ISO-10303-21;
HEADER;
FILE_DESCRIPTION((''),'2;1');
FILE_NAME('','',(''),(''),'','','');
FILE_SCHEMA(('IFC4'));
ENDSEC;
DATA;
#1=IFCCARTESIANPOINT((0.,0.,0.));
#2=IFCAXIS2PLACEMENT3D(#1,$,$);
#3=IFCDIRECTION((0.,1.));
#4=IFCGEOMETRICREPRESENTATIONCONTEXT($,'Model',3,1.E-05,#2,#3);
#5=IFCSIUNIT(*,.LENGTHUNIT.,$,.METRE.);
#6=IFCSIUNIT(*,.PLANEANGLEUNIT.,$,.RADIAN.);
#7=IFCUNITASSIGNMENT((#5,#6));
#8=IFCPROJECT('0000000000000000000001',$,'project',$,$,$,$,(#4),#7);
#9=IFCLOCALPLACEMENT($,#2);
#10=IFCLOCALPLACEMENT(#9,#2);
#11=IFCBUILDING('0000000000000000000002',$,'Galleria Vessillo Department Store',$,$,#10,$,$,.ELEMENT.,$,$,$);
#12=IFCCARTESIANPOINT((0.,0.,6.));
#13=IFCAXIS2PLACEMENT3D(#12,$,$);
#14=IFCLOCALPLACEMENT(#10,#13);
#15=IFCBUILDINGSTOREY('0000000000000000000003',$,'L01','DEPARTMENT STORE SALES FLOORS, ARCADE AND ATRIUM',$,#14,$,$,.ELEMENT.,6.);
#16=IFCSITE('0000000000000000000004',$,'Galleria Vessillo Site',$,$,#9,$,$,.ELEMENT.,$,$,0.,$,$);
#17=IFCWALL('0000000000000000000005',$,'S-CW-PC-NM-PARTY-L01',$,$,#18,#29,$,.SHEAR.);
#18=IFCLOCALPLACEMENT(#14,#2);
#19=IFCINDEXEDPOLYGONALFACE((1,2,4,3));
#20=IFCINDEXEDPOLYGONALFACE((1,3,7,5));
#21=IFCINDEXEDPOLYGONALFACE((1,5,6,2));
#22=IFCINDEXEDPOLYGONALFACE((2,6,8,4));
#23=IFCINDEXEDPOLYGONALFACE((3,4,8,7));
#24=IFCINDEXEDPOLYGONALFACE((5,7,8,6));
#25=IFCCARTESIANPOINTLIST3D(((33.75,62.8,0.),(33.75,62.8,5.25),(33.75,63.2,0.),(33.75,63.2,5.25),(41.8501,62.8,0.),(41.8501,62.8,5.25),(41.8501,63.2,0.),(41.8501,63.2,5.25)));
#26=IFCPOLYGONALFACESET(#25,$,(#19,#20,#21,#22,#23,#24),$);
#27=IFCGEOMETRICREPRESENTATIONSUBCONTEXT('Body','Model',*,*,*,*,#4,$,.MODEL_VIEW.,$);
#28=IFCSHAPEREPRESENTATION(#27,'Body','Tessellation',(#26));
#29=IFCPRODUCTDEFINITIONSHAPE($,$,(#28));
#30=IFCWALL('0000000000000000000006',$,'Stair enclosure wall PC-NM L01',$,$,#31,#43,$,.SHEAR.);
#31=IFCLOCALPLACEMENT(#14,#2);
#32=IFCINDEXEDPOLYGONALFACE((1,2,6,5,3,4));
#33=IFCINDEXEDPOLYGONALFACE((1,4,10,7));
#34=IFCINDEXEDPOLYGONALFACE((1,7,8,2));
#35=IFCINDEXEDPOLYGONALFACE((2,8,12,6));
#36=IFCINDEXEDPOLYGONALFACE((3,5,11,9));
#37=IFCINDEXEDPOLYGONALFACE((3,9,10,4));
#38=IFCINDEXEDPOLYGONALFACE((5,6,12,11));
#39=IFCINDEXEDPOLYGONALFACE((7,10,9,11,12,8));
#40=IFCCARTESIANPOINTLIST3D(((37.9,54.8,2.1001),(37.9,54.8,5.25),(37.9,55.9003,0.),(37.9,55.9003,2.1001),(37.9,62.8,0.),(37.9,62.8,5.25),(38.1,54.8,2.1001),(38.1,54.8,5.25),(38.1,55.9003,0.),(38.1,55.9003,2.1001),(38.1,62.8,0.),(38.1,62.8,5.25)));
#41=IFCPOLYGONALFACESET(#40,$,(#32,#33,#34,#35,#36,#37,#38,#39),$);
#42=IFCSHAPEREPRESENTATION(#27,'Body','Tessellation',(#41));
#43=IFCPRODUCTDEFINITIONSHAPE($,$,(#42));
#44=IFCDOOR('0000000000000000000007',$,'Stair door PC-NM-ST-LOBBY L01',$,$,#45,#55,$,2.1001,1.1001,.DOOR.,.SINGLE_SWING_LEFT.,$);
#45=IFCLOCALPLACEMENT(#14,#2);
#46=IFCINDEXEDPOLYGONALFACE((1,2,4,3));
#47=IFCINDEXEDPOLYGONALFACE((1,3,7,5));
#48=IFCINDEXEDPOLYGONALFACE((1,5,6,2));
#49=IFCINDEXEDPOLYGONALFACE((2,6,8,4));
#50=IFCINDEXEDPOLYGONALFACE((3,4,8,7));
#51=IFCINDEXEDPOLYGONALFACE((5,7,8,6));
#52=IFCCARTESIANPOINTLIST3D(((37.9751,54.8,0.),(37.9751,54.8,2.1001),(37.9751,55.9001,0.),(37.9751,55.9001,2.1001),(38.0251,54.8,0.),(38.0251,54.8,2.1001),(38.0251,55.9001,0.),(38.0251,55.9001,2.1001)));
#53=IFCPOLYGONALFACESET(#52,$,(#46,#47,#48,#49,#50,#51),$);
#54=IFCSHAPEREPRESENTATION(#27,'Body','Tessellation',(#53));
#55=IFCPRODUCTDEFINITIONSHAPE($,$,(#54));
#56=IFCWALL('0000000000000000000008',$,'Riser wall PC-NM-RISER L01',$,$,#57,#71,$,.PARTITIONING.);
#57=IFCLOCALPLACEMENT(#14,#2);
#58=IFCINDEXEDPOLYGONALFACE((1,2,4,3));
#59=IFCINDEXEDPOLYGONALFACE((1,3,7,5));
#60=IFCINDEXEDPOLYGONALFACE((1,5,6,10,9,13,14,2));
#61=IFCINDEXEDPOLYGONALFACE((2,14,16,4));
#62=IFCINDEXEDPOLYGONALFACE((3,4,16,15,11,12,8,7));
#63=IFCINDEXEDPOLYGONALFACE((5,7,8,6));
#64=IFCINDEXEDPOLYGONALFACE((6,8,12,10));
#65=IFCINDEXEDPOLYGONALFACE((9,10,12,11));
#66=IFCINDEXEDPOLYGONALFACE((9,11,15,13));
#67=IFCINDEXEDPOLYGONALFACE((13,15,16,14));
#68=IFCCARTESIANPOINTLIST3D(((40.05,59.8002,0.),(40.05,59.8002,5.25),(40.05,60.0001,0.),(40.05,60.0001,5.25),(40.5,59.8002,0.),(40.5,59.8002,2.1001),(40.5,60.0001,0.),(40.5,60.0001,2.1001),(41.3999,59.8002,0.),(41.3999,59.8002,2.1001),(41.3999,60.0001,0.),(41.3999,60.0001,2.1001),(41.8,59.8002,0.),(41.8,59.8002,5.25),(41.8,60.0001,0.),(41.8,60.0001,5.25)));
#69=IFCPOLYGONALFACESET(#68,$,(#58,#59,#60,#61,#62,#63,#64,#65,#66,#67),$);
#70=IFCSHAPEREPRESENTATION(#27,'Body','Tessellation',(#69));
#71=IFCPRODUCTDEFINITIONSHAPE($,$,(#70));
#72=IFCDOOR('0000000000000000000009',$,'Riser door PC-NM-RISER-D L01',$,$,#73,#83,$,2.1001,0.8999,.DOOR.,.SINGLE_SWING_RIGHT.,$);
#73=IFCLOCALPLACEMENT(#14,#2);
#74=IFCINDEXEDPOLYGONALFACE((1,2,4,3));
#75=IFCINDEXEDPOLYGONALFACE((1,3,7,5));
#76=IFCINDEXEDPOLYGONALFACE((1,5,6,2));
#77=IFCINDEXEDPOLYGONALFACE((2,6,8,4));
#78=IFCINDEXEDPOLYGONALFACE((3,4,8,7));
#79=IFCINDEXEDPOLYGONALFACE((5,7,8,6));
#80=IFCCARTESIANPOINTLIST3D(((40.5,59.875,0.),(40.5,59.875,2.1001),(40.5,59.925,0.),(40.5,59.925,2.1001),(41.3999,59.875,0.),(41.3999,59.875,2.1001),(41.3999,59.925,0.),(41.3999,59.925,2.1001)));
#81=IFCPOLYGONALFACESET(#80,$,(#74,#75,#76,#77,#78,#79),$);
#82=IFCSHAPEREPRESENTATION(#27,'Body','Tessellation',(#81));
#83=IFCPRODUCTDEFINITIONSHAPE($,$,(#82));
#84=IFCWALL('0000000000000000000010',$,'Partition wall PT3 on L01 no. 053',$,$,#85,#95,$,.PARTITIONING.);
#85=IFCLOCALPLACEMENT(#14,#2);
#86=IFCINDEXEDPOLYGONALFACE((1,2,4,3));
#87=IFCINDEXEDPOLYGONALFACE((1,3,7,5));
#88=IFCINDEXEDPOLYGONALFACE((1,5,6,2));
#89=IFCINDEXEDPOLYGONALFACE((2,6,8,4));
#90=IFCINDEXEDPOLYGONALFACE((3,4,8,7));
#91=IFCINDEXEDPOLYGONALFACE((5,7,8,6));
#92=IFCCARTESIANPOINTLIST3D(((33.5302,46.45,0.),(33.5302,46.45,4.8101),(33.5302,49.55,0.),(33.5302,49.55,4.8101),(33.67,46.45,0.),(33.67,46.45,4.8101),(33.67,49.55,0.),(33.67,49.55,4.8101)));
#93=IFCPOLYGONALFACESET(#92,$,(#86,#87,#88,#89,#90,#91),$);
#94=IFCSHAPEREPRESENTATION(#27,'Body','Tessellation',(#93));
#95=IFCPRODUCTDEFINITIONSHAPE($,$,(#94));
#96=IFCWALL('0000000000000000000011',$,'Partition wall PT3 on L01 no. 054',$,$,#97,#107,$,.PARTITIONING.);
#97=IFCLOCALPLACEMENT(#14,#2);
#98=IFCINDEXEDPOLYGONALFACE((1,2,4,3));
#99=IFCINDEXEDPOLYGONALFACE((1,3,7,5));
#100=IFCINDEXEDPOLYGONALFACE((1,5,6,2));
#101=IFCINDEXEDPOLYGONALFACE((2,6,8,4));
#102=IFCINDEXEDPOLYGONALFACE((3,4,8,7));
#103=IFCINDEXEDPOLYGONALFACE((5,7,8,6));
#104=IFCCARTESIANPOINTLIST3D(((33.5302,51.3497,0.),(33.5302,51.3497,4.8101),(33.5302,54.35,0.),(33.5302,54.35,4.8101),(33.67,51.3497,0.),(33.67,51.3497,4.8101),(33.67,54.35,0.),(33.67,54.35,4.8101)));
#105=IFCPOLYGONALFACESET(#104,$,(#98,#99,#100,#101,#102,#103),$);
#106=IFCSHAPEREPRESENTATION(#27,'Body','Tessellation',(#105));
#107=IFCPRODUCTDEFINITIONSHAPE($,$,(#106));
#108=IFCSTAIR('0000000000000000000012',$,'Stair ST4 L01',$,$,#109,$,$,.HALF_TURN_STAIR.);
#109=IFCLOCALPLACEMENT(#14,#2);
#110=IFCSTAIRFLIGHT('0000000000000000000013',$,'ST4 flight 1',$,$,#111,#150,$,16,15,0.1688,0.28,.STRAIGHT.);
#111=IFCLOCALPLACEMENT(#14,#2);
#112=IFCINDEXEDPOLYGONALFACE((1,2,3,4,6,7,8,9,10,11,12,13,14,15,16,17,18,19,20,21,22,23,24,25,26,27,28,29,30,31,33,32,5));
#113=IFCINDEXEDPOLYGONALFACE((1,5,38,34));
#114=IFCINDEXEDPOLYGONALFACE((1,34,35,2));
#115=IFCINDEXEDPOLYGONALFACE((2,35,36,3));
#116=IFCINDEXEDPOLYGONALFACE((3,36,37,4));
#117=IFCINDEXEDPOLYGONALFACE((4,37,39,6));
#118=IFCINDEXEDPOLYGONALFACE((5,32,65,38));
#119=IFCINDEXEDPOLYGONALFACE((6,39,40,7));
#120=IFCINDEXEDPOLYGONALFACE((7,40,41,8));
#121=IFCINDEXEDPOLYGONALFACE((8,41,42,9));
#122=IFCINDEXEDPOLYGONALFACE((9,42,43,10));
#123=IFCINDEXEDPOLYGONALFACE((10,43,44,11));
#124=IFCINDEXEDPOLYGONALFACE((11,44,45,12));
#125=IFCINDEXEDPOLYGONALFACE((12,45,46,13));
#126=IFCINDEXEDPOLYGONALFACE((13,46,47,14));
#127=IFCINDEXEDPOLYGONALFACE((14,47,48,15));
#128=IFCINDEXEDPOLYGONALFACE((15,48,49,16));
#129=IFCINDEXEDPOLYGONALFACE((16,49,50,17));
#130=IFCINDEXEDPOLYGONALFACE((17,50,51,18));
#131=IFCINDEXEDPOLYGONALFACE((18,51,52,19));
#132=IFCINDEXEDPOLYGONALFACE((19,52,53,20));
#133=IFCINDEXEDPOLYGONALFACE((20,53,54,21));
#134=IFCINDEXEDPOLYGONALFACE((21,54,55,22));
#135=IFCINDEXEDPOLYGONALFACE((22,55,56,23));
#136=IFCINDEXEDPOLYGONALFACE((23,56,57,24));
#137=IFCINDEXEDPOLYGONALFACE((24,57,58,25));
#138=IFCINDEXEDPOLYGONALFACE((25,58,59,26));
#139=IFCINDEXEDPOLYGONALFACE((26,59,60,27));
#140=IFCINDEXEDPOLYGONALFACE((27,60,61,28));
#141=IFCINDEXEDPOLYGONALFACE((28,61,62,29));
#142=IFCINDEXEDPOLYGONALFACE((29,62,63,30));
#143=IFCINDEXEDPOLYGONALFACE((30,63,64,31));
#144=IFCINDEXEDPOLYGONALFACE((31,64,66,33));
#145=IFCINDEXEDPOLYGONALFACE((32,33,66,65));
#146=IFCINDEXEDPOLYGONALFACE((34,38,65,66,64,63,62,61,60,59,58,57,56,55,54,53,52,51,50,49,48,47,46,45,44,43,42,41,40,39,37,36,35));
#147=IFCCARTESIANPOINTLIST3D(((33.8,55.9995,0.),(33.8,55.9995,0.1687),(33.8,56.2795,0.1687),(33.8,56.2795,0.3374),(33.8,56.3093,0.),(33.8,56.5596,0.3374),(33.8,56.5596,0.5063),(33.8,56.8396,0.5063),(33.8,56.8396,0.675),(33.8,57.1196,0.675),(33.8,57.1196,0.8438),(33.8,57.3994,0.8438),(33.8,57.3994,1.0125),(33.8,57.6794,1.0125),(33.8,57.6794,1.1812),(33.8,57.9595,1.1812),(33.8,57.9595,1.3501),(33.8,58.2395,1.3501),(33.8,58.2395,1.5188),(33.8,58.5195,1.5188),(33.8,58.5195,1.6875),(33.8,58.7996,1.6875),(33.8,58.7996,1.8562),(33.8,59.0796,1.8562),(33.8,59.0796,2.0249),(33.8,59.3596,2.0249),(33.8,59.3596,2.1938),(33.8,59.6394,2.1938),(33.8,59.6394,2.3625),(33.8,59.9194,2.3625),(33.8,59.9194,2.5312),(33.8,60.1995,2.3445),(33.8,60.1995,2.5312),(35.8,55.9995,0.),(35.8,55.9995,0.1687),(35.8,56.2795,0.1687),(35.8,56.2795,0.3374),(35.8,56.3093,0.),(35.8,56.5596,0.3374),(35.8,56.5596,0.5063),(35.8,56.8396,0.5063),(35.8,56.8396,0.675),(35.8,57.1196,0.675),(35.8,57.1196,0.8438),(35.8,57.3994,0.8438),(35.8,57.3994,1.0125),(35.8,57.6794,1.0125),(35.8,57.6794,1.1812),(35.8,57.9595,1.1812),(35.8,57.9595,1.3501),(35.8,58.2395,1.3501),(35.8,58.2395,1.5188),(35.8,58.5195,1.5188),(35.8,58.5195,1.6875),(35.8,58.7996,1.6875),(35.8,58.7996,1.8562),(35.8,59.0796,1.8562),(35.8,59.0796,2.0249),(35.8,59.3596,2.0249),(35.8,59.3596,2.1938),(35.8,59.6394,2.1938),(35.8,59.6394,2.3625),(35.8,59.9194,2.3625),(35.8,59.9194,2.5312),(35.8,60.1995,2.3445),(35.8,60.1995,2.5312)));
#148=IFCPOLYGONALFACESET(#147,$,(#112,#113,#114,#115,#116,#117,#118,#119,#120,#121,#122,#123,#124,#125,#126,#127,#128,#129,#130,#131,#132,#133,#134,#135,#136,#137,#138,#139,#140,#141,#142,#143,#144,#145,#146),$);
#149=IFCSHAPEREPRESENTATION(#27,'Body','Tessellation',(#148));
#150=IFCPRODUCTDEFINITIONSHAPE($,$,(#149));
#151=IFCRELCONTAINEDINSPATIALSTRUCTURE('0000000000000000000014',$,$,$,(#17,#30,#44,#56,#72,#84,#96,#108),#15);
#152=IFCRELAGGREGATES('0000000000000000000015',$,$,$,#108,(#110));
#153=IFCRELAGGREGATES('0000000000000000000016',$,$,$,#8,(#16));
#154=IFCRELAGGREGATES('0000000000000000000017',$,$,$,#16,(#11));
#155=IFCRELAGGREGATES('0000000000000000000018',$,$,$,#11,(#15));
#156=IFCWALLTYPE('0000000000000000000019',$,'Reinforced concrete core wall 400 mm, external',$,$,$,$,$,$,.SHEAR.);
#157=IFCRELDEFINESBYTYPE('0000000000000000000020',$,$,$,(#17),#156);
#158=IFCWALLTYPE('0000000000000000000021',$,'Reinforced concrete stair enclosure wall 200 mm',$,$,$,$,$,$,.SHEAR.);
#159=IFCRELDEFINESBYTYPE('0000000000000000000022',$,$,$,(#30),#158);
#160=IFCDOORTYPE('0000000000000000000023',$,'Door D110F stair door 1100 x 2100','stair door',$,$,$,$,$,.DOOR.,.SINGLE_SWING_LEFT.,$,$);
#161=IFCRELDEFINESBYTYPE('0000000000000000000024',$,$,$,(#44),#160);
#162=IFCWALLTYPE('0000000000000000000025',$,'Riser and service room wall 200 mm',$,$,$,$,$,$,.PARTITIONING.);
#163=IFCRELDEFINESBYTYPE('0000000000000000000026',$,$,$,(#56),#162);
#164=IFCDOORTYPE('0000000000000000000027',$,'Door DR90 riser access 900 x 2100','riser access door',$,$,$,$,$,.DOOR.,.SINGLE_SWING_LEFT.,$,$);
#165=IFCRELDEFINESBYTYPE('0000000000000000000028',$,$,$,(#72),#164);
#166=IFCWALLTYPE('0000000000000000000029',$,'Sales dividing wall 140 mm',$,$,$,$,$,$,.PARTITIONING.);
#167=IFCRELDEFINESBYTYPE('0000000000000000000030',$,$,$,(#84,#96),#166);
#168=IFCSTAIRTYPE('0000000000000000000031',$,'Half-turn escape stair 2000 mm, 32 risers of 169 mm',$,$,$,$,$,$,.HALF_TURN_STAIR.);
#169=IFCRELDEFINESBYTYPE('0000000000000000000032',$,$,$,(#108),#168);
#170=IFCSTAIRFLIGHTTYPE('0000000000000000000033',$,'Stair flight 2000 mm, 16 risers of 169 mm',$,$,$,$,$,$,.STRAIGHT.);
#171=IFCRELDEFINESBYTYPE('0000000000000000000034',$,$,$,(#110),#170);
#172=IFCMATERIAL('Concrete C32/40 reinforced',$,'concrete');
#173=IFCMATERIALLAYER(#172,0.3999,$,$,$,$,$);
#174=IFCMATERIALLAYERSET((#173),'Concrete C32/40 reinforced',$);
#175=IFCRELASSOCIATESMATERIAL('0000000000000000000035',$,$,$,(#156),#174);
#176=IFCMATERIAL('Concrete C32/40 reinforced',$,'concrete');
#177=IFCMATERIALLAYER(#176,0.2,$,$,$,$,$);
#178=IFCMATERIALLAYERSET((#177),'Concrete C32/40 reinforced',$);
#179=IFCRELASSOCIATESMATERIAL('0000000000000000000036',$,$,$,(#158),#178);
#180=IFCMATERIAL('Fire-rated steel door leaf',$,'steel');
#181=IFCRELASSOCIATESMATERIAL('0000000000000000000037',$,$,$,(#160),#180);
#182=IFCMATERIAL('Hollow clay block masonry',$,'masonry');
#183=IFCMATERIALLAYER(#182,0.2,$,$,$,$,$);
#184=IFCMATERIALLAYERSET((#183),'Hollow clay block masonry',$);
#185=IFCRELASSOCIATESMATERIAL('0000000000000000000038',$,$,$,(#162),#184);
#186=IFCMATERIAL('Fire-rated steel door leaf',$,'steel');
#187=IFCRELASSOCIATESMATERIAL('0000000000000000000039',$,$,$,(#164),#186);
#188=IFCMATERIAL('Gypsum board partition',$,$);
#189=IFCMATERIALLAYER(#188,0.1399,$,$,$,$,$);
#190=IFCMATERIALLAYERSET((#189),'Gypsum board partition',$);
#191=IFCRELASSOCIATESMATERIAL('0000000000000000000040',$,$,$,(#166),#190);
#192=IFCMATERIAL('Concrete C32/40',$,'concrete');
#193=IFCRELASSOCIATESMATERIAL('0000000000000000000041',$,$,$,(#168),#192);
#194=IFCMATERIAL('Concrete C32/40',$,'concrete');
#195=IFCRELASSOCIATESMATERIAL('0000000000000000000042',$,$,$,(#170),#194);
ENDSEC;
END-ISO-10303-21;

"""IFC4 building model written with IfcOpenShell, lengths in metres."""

from ifc_helpers import new_model, si_unit, direction, frame, frame_2d, origin, place, context, subcontext, project, spatial, polyline, rectangle, outline, extrude, material, layer, layer_set, type_object, element, fill, aggregate, save


model = new_model("IFC4")

# Units and contexts
model_context = context("Model", 3, precision=1e-05, world=origin(), true_north=direction((0.0, 1.0)))
body_context = subcontext(model_context, "Body", "Model", "MODEL_VIEW")
ifc_project = project(units=[si_unit("LENGTHUNIT", "METRE"), si_unit("PLANEANGLEUNIT", "RADIAN")], contexts=[model_context])

# Site, building, storey
site_placement = place(None, origin())
site = spatial("IfcSite", under=ifc_project, at=site_placement, Name="Galleria Vessillo Site", CompositionType="ELEMENT", RefElevation=0.0)
building_placement = place(site_placement, origin())
building = spatial("IfcBuilding", under=site, at=building_placement, Name="Galleria Vessillo Department Store", CompositionType="ELEMENT")
storey_placement = place(building_placement, frame((0.0, 0.0, 6.0)))
storey = spatial("IfcBuildingStorey", under=building, at=storey_placement, Name="L01", Description="DEPARTMENT STORE SALES FLOORS, ARCADE AND ATRIUM", CompositionType="ELEMENT", Elevation=6.0)

# Wall
ifc_material_1 = material(Name="Concrete C32/40 reinforced", Category="concrete")
ifc_layer_1 = layer(ifc_material_1, 0.3999)
ifc_layer_set_1 = layer_set([ifc_layer_1], Name="Concrete C32/40 reinforced")
wall_type_1 = type_object("IfcWallType", Name="Reinforced concrete core wall 400 mm, external", PredefinedType="SHEAR", material=ifc_layer_set_1)
wall_1_placement = place(storey_placement, frame((33.75, 63.0, 0.0), z_axis=(0.0, 0.0, 1.0), x_axis=(1.0, 0.0, 0.0)))
element("IfcWall", 1, at=wall_1_placement, inside=storey, type_object=wall_type_1, Name="S-CW-PC-NM-PARTY-L01", PredefinedType="SHEAR", context=body_context, shape_type="SweptSolid", body=[
    extrude(rectangle(XDim=8.1001, YDim=0.3999, at=frame_2d((4.05, 0.0))), origin(), (0.0, 0.0, 1.0), 5.25),
])

# Walls, openings, doors
ifc_material_2 = material(Name="Concrete C32/40 reinforced", Category="concrete")
ifc_layer_2 = layer(ifc_material_2, 0.2)
ifc_layer_set_2 = layer_set([ifc_layer_2], Name="Concrete C32/40 reinforced")
wall_type_2 = type_object("IfcWallType", Name="Reinforced concrete stair enclosure wall 200 mm", PredefinedType="SHEAR", material=ifc_layer_set_2)
wall_2_placement = place(storey_placement, frame((38.0, 62.8, 0.0), z_axis=(0.0, 0.0, 1.0), x_axis=(0.0, -1.0, 0.0)))
wall_2 = element("IfcWall", 2, at=wall_2_placement, inside=storey, type_object=wall_type_2, Name="Stair enclosure wall PC-NM L01", PredefinedType="SHEAR", context=body_context, shape_type="SweptSolid", body=[
    extrude(rectangle(XDim=8.0, YDim=0.2, at=frame_2d((4.0, 0.0))), origin(), (0.0, 0.0, 1.0), 5.25),
])
opening_1_placement = place(wall_2_placement, frame((6.8999, 0.0, 0.0)))
opening_1 = element("IfcOpeningElement", 3, at=opening_1_placement, cuts=wall_2, PredefinedType="OPENING", context=body_context, shape_type="SweptSolid", body=[
    extrude(rectangle(XDim=1.1101, YDim=2.1001, at=frame_2d((0.5549, 1.05))), frame((0.0, 0.1099, 0.0), z_axis=(0.0, -1.0, 0.0), x_axis=(1.0, 0.0, 0.0)), (0.0, 0.0, 1.0), 0.22),
])
ifc_material_3 = material(Name="Fire-rated steel door leaf", Category="steel")
door_type_1 = type_object("IfcDoorType", Name="Door D110F stair door 1100 x 2100", Description="stair door", OperationType="SINGLE_SWING_LEFT", PredefinedType="DOOR", material=ifc_material_3)
door_1_placement = place(opening_1_placement, frame((1.1001, 0.0, 0.0), z_axis=(0.0, 0.0, 1.0), x_axis=(-1.0, 0.0, 0.0)))
door_1 = element("IfcDoor", 4, at=door_1_placement, inside=storey, type_object=door_type_1, Name="Stair door PC-NM-ST-LOBBY L01", OperationType="SINGLE_SWING_LEFT", OverallHeight=2.1001, OverallWidth=1.1001, PredefinedType="DOOR", context=body_context, shape_type="SweptSolid", body=[
    extrude(rectangle(XDim=1.1001, YDim=2.1001, at=frame_2d((0.55, 1.05))), frame((0.0, 0.0249, 0.0), z_axis=(0.0, -1.0, 0.0), x_axis=(1.0, 0.0, 0.0)), (0.0, 0.0, 1.0), 0.05),
])
fill(opening_1, door_1)
ifc_material_4 = material(Name="Hollow clay block masonry", Category="masonry")
ifc_layer_3 = layer(ifc_material_4, 0.2)
ifc_layer_set_3 = layer_set([ifc_layer_3], Name="Hollow clay block masonry")
wall_type_3 = type_object("IfcWallType", Name="Riser and service room wall 200 mm", PredefinedType="PARTITIONING", material=ifc_layer_set_3)
wall_3_placement = place(storey_placement, frame((40.05, 59.9001, 0.0), z_axis=(0.0, 0.0, 1.0), x_axis=(1.0, 0.0, 0.0)))
wall_3 = element("IfcWall", 5, at=wall_3_placement, inside=storey, type_object=wall_type_3, Name="Riser wall PC-NM-RISER L01", PredefinedType="PARTITIONING", context=body_context, shape_type="SweptSolid", body=[
    extrude(rectangle(XDim=1.75, YDim=0.2, at=frame_2d((0.875, 0.0))), origin(), (0.0, 0.0, 1.0), 5.25),
])
opening_2_placement = place(wall_3_placement, frame((0.45, 0.0, 0.0)))
opening_2 = element("IfcOpeningElement", 6, at=opening_2_placement, cuts=wall_3, PredefinedType="OPENING", context=body_context, shape_type="SweptSolid", body=[
    extrude(rectangle(XDim=0.8999, YDim=2.1001, at=frame_2d((0.45, 1.05))), frame((0.0, 0.1099, 0.0), z_axis=(0.0, -1.0, 0.0), x_axis=(1.0, 0.0, 0.0)), (0.0, 0.0, 1.0), 0.22),
])
ifc_material_5 = material(Name="Fire-rated steel door leaf", Category="steel")
door_type_2 = type_object("IfcDoorType", Name="Door DR90 riser access 900 x 2100", Description="riser access door", OperationType="SINGLE_SWING_LEFT", PredefinedType="DOOR", material=ifc_material_5)
door_2_placement = place(opening_2_placement, origin())
door_2 = element("IfcDoor", 7, at=door_2_placement, inside=storey, type_object=door_type_2, Name="Riser door PC-NM-RISER-D L01", OperationType="SINGLE_SWING_RIGHT", OverallHeight=2.1001, OverallWidth=0.8999, PredefinedType="DOOR", context=body_context, shape_type="SweptSolid", body=[
    extrude(rectangle(XDim=0.8999, YDim=2.1001, at=frame_2d((0.45, 1.05))), frame((0.0, 0.0249, 0.0), z_axis=(0.0, -1.0, 0.0), x_axis=(1.0, 0.0, 0.0)), (0.0, 0.0, 1.0), 0.05),
])
fill(opening_2, door_2)

# Walls
ifc_material_6 = material(Name="Gypsum board partition")
ifc_layer_4 = layer(ifc_material_6, 0.1399)
ifc_layer_set_4 = layer_set([ifc_layer_4], Name="Gypsum board partition")
wall_type_4 = type_object("IfcWallType", Name="Sales dividing wall 140 mm", PredefinedType="PARTITIONING", material=ifc_layer_set_4)
wall_4_placement = place(storey_placement, frame((33.6001, 46.45, 0.0), z_axis=(0.0, 0.0, 1.0), x_axis=(0.0, 1.0, 0.0)))
element("IfcWall", 8, at=wall_4_placement, inside=storey, type_object=wall_type_4, Name="Partition wall PT3 on L01 no. 053", PredefinedType="PARTITIONING", context=body_context, shape_type="SweptSolid", body=[
    extrude(rectangle(XDim=3.1001, YDim=0.1399, at=frame_2d((1.55, 0.0))), origin(), (0.0, 0.0, 1.0), 4.8101),
])
wall_5_placement = place(storey_placement, frame((33.6001, 51.3499, 0.0), z_axis=(0.0, 0.0, 1.0), x_axis=(0.0, 1.0, 0.0)))
element("IfcWall", 9, at=wall_5_placement, inside=storey, type_object=wall_type_4, Name="Partition wall PT3 on L01 no. 054", PredefinedType="PARTITIONING", context=body_context, shape_type="SweptSolid", body=[
    extrude(rectangle(XDim=3.0002, YDim=0.1399, at=frame_2d((1.5, 0.0))), origin(), (0.0, 0.0, 1.0), 4.8101),
])

# Stair, stair flight
ifc_material_7 = material(Name="Concrete C32/40", Category="concrete")
stair_type = type_object("IfcStairType", Name="Half-turn escape stair 2000 mm, 32 risers of 169 mm", PredefinedType="HALF_TURN_STAIR", material=ifc_material_7)
stair_placement = place(storey_placement, origin())
stair = element("IfcStair", 10, at=stair_placement, inside=storey, type_object=stair_type, Name="Stair ST4 L01", PredefinedType="HALF_TURN_STAIR")
ifc_material_8 = material(Name="Concrete C32/40", Category="concrete")
stair_flight_type = type_object("IfcStairFlightType", Name="Stair flight 2000 mm, 16 risers of 169 mm", PredefinedType="STRAIGHT", material=ifc_material_8)
stair_flight_1_placement = place(storey_placement, frame((34.8, 55.9995, 0.0), z_axis=(0.0, 0.0, 1.0), x_axis=(0.0, 1.0, 0.0)))
stair_flight_1 = element("IfcStairFlight", 11, at=stair_flight_1_placement, type_object=stair_flight_type, Name="ST4 flight 1", NumberOfRisers=16, NumberOfTreads=15, PredefinedType="STRAIGHT", RiserHeight=0.1688, TreadLength=0.28, context=body_context, shape_type="SweptSolid", body=[
    extrude(outline(polyline([(0.0, 0.0), (0.0, 0.1687), (0.28, 0.1687), (0.28, 0.3374), (0.5601, 0.3374), (0.5601, 0.5063), (0.8401, 0.5063), (0.8401, 0.675), (1.1201, 0.675), (1.1201, 0.8438), (1.3999, 0.8438), (1.3999, 1.0125), (1.6799, 1.0125), (1.6799, 1.1812), (1.96, 1.1812), (1.96, 1.3501), (2.24, 1.3501), (2.24, 1.5188), (2.52, 1.5188), (2.52, 1.6875), (2.8, 1.6875), (2.8, 1.8562), (3.0801, 1.8562), (3.0801, 2.0249), (3.3601, 2.0249), (3.3601, 2.1938), (3.6399, 2.1938), (3.6399, 2.3625), (3.9199, 2.3625), (3.9199, 2.5312), (4.2, 2.5312), (4.2, 2.7), (4.2, 2.3445), (0.3098, 0.0), (0.0, 0.0)])), frame((0.0, 1.0, 0.0), z_axis=(0.0, -1.0, 0.0), x_axis=(1.0, 0.0, 0.0)), (0.0, 0.0, 1.0), 2.0),
])
aggregate(stair, [stair_flight_1])

save(model, "model.ifc")
